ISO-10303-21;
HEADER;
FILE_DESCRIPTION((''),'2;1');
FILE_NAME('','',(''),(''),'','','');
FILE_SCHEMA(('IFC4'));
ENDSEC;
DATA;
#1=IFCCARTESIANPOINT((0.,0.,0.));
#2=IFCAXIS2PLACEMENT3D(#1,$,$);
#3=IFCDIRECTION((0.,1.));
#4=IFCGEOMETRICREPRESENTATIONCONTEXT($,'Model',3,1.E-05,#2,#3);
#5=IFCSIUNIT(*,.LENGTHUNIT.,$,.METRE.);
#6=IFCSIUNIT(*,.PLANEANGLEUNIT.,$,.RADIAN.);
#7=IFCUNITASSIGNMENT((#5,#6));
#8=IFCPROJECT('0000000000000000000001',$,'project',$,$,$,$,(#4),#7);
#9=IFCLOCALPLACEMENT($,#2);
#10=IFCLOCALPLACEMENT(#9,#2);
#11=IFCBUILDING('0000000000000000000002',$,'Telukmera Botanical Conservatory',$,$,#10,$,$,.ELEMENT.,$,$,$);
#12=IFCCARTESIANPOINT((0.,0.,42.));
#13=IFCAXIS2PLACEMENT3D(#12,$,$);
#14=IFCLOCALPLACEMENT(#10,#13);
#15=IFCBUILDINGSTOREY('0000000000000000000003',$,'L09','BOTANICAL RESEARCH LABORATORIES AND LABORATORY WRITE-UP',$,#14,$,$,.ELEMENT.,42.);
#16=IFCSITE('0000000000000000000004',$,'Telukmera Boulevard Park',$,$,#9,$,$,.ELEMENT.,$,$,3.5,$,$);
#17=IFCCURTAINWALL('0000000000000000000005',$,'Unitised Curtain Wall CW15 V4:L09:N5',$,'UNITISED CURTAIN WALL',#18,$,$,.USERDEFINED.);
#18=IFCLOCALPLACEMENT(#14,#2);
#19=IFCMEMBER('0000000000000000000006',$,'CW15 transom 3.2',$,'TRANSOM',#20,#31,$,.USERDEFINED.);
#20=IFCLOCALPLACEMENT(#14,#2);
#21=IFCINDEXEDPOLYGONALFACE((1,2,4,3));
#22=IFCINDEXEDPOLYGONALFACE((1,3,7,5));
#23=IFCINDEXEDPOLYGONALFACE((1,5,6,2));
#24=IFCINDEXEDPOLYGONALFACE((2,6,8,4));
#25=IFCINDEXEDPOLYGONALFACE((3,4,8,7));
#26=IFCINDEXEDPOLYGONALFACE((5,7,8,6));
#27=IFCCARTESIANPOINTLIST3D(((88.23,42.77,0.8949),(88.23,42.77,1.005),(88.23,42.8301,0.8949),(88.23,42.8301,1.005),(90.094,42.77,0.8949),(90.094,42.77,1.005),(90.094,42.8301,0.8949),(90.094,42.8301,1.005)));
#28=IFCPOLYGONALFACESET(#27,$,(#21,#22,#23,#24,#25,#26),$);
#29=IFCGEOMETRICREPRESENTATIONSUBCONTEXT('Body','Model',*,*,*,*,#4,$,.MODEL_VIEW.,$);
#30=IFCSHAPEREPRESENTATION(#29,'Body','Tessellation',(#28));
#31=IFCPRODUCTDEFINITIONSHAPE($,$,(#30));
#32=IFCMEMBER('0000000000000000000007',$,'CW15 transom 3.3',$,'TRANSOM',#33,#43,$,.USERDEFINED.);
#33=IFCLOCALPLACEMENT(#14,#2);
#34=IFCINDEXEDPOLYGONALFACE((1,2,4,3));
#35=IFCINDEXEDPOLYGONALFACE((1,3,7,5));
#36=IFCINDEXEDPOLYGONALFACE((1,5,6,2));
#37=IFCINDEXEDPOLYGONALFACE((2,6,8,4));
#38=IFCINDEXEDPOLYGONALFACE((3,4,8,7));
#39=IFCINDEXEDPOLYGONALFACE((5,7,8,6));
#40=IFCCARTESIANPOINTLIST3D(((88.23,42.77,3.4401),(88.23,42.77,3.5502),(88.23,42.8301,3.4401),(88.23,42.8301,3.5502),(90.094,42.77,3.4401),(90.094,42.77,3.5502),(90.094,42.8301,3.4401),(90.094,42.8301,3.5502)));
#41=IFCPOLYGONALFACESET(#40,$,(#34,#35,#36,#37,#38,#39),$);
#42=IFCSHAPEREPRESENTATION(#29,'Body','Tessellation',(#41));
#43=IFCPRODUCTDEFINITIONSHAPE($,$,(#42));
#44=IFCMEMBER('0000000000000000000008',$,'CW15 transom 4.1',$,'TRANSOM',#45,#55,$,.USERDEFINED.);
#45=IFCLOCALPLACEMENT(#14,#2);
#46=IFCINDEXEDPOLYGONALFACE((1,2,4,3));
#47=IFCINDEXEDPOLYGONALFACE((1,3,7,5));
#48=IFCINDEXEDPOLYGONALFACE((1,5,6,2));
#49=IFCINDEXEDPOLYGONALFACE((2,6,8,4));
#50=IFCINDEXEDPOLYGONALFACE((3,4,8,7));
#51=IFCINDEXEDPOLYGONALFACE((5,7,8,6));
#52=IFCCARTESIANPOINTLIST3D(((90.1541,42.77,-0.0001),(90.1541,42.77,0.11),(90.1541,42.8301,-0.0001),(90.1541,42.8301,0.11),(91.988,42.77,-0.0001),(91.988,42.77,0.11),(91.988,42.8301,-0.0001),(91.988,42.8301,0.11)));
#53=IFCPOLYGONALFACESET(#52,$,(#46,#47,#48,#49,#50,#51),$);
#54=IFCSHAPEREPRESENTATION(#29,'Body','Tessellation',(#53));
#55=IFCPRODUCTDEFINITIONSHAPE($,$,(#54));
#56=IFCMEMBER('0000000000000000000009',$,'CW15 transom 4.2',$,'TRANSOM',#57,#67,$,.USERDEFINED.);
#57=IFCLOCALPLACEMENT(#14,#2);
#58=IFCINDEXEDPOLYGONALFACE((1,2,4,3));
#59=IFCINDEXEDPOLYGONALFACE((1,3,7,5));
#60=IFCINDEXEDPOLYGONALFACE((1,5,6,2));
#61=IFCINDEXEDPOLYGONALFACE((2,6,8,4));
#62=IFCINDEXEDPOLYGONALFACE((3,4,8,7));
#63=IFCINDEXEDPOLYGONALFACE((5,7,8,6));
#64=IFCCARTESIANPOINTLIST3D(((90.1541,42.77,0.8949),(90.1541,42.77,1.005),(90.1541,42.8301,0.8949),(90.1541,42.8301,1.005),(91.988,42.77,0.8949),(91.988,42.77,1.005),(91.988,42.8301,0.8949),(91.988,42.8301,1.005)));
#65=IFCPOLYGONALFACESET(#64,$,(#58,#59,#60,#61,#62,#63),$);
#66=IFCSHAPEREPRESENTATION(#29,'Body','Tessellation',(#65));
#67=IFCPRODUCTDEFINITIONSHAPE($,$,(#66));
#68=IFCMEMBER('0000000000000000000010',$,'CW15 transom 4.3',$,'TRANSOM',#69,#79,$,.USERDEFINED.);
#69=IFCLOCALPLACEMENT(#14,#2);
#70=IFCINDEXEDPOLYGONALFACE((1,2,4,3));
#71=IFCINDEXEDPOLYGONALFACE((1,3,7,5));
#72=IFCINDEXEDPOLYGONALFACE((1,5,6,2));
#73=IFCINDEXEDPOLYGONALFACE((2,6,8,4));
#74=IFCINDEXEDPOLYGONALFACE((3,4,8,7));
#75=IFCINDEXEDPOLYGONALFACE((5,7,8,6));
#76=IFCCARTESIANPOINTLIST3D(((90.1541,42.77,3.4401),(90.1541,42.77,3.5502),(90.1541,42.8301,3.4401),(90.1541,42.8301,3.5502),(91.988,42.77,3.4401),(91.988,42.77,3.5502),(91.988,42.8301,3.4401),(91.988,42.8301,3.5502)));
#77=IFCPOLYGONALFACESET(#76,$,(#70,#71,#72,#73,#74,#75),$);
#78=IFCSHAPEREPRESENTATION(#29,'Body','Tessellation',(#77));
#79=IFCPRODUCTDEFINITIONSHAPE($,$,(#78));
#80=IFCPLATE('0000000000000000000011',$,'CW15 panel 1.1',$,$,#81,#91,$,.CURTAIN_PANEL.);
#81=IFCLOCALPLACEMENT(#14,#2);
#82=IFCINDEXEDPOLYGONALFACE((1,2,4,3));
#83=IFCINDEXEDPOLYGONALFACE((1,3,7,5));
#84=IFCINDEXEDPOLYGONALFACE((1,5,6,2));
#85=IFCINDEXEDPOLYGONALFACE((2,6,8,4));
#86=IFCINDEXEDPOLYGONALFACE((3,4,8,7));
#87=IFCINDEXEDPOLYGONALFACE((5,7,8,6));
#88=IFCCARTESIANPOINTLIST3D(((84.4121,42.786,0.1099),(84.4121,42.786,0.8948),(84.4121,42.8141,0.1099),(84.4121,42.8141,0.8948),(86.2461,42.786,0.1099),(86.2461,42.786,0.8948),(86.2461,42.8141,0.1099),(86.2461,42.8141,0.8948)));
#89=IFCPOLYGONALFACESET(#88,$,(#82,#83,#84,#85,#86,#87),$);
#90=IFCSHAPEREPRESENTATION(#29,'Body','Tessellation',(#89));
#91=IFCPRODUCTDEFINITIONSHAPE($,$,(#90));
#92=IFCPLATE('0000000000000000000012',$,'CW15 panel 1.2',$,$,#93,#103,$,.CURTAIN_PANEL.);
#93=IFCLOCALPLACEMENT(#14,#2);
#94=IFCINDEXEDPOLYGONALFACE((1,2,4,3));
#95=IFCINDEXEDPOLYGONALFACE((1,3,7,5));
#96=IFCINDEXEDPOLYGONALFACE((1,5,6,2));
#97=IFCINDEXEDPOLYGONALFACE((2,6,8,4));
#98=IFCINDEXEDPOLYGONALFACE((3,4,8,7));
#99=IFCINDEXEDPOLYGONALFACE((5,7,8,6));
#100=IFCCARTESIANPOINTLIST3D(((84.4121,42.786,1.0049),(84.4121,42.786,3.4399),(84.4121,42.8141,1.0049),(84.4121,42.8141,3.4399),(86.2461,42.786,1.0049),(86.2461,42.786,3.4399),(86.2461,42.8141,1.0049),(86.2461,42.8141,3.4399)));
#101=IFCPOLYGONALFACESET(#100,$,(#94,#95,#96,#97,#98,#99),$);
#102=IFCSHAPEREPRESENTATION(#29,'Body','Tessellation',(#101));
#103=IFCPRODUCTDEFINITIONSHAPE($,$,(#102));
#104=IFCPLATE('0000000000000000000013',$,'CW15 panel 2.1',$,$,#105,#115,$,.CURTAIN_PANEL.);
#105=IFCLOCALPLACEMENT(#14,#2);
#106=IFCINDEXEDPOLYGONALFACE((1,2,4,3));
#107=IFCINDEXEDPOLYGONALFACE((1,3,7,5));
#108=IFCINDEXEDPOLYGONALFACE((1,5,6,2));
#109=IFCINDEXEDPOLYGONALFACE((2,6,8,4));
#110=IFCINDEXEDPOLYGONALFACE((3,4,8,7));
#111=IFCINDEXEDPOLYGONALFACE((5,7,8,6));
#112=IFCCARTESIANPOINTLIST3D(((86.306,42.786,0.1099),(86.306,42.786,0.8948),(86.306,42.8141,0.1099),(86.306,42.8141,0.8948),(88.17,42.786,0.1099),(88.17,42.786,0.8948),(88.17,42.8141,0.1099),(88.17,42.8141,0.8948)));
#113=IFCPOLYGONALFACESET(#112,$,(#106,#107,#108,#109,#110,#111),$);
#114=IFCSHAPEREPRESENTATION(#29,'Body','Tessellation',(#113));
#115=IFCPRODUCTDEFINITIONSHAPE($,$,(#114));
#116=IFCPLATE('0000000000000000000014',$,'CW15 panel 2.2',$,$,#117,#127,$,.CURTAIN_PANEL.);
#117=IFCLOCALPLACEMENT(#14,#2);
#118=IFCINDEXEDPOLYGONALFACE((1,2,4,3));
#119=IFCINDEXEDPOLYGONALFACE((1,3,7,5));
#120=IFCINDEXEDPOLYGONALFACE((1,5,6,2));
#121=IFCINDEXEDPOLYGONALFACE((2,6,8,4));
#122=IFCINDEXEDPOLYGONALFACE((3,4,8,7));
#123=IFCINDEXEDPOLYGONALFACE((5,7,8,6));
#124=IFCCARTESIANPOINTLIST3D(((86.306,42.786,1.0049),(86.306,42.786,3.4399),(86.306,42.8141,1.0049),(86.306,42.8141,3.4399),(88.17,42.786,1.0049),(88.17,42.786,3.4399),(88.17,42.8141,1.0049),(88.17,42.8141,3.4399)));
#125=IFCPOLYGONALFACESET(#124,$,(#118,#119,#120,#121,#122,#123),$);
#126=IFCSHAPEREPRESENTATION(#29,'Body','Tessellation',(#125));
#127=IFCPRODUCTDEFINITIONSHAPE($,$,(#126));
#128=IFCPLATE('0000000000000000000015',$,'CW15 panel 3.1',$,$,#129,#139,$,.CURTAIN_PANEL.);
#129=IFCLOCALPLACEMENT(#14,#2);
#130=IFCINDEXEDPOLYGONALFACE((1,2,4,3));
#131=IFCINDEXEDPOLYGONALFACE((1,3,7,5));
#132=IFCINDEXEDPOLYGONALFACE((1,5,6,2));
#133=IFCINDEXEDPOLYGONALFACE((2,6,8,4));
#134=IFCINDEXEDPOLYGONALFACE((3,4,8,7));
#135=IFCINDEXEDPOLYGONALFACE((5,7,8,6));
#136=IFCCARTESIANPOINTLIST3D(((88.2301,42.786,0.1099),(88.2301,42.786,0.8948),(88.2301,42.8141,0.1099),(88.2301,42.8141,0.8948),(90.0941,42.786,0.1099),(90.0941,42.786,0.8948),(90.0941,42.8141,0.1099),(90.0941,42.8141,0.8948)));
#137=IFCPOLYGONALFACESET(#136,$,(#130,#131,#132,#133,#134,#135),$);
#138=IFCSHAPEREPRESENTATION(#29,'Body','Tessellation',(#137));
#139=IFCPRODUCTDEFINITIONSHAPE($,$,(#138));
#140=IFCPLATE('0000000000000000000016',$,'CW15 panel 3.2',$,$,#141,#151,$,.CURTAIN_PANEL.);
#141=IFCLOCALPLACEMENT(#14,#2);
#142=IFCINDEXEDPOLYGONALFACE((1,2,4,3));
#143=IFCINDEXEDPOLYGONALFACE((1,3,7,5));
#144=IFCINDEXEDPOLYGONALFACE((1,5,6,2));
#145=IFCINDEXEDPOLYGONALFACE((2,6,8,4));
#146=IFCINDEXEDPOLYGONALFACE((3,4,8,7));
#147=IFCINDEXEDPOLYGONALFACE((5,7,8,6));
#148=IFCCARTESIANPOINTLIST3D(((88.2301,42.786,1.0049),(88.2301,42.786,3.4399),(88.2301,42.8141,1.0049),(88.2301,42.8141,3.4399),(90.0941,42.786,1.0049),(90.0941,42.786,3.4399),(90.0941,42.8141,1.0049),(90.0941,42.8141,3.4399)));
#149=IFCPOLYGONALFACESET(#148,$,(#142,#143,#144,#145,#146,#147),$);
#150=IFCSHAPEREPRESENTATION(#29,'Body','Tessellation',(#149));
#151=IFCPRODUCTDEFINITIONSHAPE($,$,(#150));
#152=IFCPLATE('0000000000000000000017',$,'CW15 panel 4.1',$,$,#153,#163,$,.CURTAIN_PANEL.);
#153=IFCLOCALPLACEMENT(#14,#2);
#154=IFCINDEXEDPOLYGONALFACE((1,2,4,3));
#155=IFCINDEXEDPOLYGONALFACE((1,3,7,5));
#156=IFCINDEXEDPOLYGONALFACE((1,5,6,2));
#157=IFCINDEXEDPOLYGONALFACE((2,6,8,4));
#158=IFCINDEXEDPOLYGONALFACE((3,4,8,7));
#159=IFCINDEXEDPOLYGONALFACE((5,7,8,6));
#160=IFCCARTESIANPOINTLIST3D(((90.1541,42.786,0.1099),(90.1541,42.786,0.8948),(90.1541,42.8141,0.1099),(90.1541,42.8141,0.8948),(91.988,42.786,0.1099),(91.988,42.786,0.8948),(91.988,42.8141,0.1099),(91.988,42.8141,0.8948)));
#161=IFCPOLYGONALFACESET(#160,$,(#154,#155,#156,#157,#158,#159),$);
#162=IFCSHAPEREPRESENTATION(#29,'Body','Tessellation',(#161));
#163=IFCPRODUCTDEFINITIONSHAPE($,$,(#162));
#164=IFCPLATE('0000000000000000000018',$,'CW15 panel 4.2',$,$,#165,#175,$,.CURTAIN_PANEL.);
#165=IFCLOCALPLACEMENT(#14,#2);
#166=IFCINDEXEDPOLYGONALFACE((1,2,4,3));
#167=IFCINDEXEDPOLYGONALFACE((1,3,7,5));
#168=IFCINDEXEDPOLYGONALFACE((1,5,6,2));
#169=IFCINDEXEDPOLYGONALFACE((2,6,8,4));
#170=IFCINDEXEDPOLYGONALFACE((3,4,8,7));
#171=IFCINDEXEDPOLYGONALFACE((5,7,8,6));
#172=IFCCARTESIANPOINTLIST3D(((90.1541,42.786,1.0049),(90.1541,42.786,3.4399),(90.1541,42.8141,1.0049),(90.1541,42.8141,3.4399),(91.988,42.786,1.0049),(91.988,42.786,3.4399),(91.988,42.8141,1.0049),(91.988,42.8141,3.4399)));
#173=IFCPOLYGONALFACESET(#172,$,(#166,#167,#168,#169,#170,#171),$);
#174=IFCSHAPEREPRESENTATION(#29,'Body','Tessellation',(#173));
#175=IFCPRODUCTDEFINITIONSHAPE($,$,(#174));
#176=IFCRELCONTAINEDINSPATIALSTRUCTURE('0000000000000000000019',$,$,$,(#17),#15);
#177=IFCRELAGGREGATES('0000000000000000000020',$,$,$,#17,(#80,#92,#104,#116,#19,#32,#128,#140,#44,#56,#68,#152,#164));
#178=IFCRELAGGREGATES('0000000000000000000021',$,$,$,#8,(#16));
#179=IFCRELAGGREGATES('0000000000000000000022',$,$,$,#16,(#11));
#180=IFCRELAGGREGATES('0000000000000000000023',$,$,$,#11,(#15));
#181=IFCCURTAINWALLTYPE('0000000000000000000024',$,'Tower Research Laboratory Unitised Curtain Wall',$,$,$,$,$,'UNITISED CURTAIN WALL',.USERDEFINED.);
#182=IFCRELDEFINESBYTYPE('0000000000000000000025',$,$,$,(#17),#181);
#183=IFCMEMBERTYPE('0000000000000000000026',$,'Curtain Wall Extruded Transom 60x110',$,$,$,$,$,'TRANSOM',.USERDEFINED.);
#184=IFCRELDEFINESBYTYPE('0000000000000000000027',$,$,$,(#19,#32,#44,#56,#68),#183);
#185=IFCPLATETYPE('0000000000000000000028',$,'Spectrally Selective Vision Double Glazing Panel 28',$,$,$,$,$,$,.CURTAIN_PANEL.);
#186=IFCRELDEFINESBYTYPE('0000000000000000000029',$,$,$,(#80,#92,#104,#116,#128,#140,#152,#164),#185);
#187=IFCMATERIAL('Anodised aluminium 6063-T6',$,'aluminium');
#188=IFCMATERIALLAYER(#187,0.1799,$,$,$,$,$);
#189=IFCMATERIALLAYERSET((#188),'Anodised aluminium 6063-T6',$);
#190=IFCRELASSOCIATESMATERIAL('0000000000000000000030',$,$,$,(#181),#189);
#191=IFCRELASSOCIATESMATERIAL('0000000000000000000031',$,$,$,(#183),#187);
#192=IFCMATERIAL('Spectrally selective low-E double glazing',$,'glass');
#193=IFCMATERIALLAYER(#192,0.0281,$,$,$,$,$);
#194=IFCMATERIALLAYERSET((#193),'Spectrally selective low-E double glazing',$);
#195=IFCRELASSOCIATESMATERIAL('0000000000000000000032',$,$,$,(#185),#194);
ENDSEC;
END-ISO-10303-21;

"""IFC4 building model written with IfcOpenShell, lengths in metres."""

from ifc_helpers import new_model, si_unit, direction, frame, origin, origin_2d, place, context, subcontext, project, spatial, rectangle, extrude, material, layer, layer_set, material_profile, profile_set, type_object, element, aggregate, save


model = new_model("IFC4")

# Units and contexts
model_context = context("Model", 3, precision=1e-05, world=origin(), true_north=direction((0.0, 1.0)))
body_context = subcontext(model_context, "Body", "Model", "MODEL_VIEW")
ifc_project = project(units=[si_unit("LENGTHUNIT", "METRE"), si_unit("PLANEANGLEUNIT", "RADIAN")], contexts=[model_context])

# Site, building, storey
site_placement = place(None, origin())
site = spatial("IfcSite", under=ifc_project, at=site_placement, Name="Telukmera Boulevard Park", CompositionType="ELEMENT", RefElevation=3.5)
building_placement = place(site_placement, origin())
building = spatial("IfcBuilding", under=site, at=building_placement, Name="Telukmera Botanical Conservatory", CompositionType="ELEMENT")
storey_placement = place(building_placement, frame((0.0, 0.0, 42.0)))
storey = spatial("IfcBuildingStorey", under=building, at=storey_placement, Name="L09", Description="BOTANICAL RESEARCH LABORATORIES AND LABORATORY WRITE-UP", CompositionType="ELEMENT", Elevation=42.0)

# Curtain wall, members, plates
ifc_material_1 = material(Name="Anodised aluminium 6063-T6", Category="aluminium")
ifc_layer_1 = layer(ifc_material_1, 0.1799)
ifc_layer_set_1 = layer_set([ifc_layer_1], Name="Anodised aluminium 6063-T6")
curtain_wall_type = type_object("IfcCurtainWallType", Name="Tower Research Laboratory Unitised Curtain Wall", ElementType="UNITISED CURTAIN WALL", PredefinedType="USERDEFINED", material=ifc_layer_set_1)
curtain_wall_placement = place(storey_placement, origin())
curtain_wall = element("IfcCurtainWall", 1, at=curtain_wall_placement, inside=storey, type_object=curtain_wall_type, Name="Unitised Curtain Wall CW15 V4:L09:N5", ObjectType="UNITISED CURTAIN WALL", PredefinedType="USERDEFINED")
ifc_material_profile_1 = material_profile(ifc_material_1, rectangle(XDim=0.0601, YDim=0.1101, at=origin_2d()), Name="ALU TRAN 60x110")
ifc_profile_set_1 = profile_set([ifc_material_profile_1], Name="Anodised aluminium 6063-T6")
member_type_1 = type_object("IfcMemberType", Name="Curtain Wall Extruded Transom 60x110", ElementType="TRANSOM", PredefinedType="USERDEFINED", material=ifc_profile_set_1)
member_1_placement = place(storey_placement, frame((88.23, 42.8, 0.95), z_axis=(1.0, 0.0, 0.0), x_axis=(0.0, 1.0, 0.0)))
member_1 = element("IfcMember", 2, at=member_1_placement, type_object=member_type_1, Name="CW15 transom 3.2", ObjectType="TRANSOM", PredefinedType="USERDEFINED", context=body_context, shape_type="SweptSolid", body=[
    extrude(rectangle(XDim=0.0601, YDim=0.1101, at=origin_2d()), origin(), (0.0, 0.0, 1.0), 1.864),
])
member_2_placement = place(storey_placement, frame((88.23, 42.8, 3.4951), z_axis=(1.0, 0.0, 0.0), x_axis=(0.0, 1.0, 0.0)))
member_2 = element("IfcMember", 3, at=member_2_placement, type_object=member_type_1, Name="CW15 transom 3.3", ObjectType="TRANSOM", PredefinedType="USERDEFINED", context=body_context, shape_type="SweptSolid", body=[
    extrude(rectangle(XDim=0.0601, YDim=0.1101, at=origin_2d()), origin(), (0.0, 0.0, 1.0), 1.864),
])
member_3_placement = place(storey_placement, frame((90.1541, 42.8, 0.0549), z_axis=(1.0, 0.0, 0.0), x_axis=(0.0, 1.0, 0.0)))
member_3 = element("IfcMember", 4, at=member_3_placement, type_object=member_type_1, Name="CW15 transom 4.1", ObjectType="TRANSOM", PredefinedType="USERDEFINED", context=body_context, shape_type="SweptSolid", body=[
    extrude(rectangle(XDim=0.0601, YDim=0.1101, at=origin_2d()), origin(), (0.0, 0.0, 1.0), 1.834),
])
member_4_placement = place(storey_placement, frame((90.1541, 42.8, 0.95), z_axis=(1.0, 0.0, 0.0), x_axis=(0.0, 1.0, 0.0)))
member_4 = element("IfcMember", 5, at=member_4_placement, type_object=member_type_1, Name="CW15 transom 4.2", ObjectType="TRANSOM", PredefinedType="USERDEFINED", context=body_context, shape_type="SweptSolid", body=[
    extrude(rectangle(XDim=0.0601, YDim=0.1101, at=origin_2d()), origin(), (0.0, 0.0, 1.0), 1.834),
])
member_5_placement = place(storey_placement, frame((90.1541, 42.8, 3.4951), z_axis=(1.0, 0.0, 0.0), x_axis=(0.0, 1.0, 0.0)))
member_5 = element("IfcMember", 6, at=member_5_placement, type_object=member_type_1, Name="CW15 transom 4.3", ObjectType="TRANSOM", PredefinedType="USERDEFINED", context=body_context, shape_type="SweptSolid", body=[
    extrude(rectangle(XDim=0.0601, YDim=0.1101, at=origin_2d()), origin(), (0.0, 0.0, 1.0), 1.834),
])
ifc_material_2 = material(Name="Spectrally selective low-E double glazing", Category="glass")
ifc_layer_2 = layer(ifc_material_2, 0.0281)
ifc_layer_set_2 = layer_set([ifc_layer_2], Name="Spectrally selective low-E double glazing")
plate_type = type_object("IfcPlateType", Name="Spectrally Selective Vision Double Glazing Panel 28", PredefinedType="CURTAIN_PANEL", material=ifc_layer_set_2)
plate_1_placement = place(storey_placement, frame((85.3291, 42.8, 0.1099), z_axis=(0.0, 0.0, 1.0), x_axis=(1.0, 0.0, 0.0)))
plate_1 = element("IfcPlate", 7, at=plate_1_placement, type_object=plate_type, Name="CW15 panel 1.1", PredefinedType="CURTAIN_PANEL", context=body_context, shape_type="SweptSolid", body=[
    extrude(rectangle(XDim=1.834, YDim=0.0281, at=origin_2d()), origin(), (0.0, 0.0, 1.0), 0.7849),
])
plate_2_placement = place(storey_placement, frame((85.3291, 42.8, 1.0049), z_axis=(0.0, 0.0, 1.0), x_axis=(1.0, 0.0, 0.0)))
plate_2 = element("IfcPlate", 8, at=plate_2_placement, type_object=plate_type, Name="CW15 panel 1.2", PredefinedType="CURTAIN_PANEL", context=body_context, shape_type="SweptSolid", body=[
    extrude(rectangle(XDim=1.834, YDim=0.0281, at=origin_2d()), origin(), (0.0, 0.0, 1.0), 2.4351),
])
plate_3_placement = place(storey_placement, frame((87.238, 42.8, 0.1099), z_axis=(0.0, 0.0, 1.0), x_axis=(1.0, 0.0, 0.0)))
plate_3 = element("IfcPlate", 9, at=plate_3_placement, type_object=plate_type, Name="CW15 panel 2.1", PredefinedType="CURTAIN_PANEL", context=body_context, shape_type="SweptSolid", body=[
    extrude(rectangle(XDim=1.864, YDim=0.0281, at=origin_2d()), origin(), (0.0, 0.0, 1.0), 0.7849),
])
plate_4_placement = place(storey_placement, frame((87.238, 42.8, 1.0049), z_axis=(0.0, 0.0, 1.0), x_axis=(1.0, 0.0, 0.0)))
plate_4 = element("IfcPlate", 10, at=plate_4_placement, type_object=plate_type, Name="CW15 panel 2.2", PredefinedType="CURTAIN_PANEL", context=body_context, shape_type="SweptSolid", body=[
    extrude(rectangle(XDim=1.864, YDim=0.0281, at=origin_2d()), origin(), (0.0, 0.0, 1.0), 2.4351),
])
plate_5_placement = place(storey_placement, frame((89.1621, 42.8, 0.1099), z_axis=(0.0, 0.0, 1.0), x_axis=(1.0, 0.0, 0.0)))
plate_5 = element("IfcPlate", 11, at=plate_5_placement, type_object=plate_type, Name="CW15 panel 3.1", PredefinedType="CURTAIN_PANEL", context=body_context, shape_type="SweptSolid", body=[
    extrude(rectangle(XDim=1.864, YDim=0.0281, at=origin_2d()), origin(), (0.0, 0.0, 1.0), 0.7849),
])
plate_6_placement = place(storey_placement, frame((89.1621, 42.8, 1.0049), z_axis=(0.0, 0.0, 1.0), x_axis=(1.0, 0.0, 0.0)))
plate_6 = element("IfcPlate", 12, at=plate_6_placement, type_object=plate_type, Name="CW15 panel 3.2", PredefinedType="CURTAIN_PANEL", context=body_context, shape_type="SweptSolid", body=[
    extrude(rectangle(XDim=1.864, YDim=0.0281, at=origin_2d()), origin(), (0.0, 0.0, 1.0), 2.4351),
])
plate_7_placement = place(storey_placement, frame((91.071, 42.8, 0.1099), z_axis=(0.0, 0.0, 1.0), x_axis=(1.0, 0.0, 0.0)))
plate_7 = element("IfcPlate", 13, at=plate_7_placement, type_object=plate_type, Name="CW15 panel 4.1", PredefinedType="CURTAIN_PANEL", context=body_context, shape_type="SweptSolid", body=[
    extrude(rectangle(XDim=1.834, YDim=0.0281, at=origin_2d()), origin(), (0.0, 0.0, 1.0), 0.7849),
])
plate_8_placement = place(storey_placement, frame((91.071, 42.8, 1.0049), z_axis=(0.0, 0.0, 1.0), x_axis=(1.0, 0.0, 0.0)))
plate_8 = element("IfcPlate", 14, at=plate_8_placement, type_object=plate_type, Name="CW15 panel 4.2", PredefinedType="CURTAIN_PANEL", context=body_context, shape_type="SweptSolid", body=[
    extrude(rectangle(XDim=1.834, YDim=0.0281, at=origin_2d()), origin(), (0.0, 0.0, 1.0), 2.4351),
])
aggregate(curtain_wall, [plate_1, plate_2, plate_3, plate_4, member_1, member_2, plate_5, plate_6, member_3, member_4, member_5, plate_7, plate_8])

save(model, "model.ifc")
